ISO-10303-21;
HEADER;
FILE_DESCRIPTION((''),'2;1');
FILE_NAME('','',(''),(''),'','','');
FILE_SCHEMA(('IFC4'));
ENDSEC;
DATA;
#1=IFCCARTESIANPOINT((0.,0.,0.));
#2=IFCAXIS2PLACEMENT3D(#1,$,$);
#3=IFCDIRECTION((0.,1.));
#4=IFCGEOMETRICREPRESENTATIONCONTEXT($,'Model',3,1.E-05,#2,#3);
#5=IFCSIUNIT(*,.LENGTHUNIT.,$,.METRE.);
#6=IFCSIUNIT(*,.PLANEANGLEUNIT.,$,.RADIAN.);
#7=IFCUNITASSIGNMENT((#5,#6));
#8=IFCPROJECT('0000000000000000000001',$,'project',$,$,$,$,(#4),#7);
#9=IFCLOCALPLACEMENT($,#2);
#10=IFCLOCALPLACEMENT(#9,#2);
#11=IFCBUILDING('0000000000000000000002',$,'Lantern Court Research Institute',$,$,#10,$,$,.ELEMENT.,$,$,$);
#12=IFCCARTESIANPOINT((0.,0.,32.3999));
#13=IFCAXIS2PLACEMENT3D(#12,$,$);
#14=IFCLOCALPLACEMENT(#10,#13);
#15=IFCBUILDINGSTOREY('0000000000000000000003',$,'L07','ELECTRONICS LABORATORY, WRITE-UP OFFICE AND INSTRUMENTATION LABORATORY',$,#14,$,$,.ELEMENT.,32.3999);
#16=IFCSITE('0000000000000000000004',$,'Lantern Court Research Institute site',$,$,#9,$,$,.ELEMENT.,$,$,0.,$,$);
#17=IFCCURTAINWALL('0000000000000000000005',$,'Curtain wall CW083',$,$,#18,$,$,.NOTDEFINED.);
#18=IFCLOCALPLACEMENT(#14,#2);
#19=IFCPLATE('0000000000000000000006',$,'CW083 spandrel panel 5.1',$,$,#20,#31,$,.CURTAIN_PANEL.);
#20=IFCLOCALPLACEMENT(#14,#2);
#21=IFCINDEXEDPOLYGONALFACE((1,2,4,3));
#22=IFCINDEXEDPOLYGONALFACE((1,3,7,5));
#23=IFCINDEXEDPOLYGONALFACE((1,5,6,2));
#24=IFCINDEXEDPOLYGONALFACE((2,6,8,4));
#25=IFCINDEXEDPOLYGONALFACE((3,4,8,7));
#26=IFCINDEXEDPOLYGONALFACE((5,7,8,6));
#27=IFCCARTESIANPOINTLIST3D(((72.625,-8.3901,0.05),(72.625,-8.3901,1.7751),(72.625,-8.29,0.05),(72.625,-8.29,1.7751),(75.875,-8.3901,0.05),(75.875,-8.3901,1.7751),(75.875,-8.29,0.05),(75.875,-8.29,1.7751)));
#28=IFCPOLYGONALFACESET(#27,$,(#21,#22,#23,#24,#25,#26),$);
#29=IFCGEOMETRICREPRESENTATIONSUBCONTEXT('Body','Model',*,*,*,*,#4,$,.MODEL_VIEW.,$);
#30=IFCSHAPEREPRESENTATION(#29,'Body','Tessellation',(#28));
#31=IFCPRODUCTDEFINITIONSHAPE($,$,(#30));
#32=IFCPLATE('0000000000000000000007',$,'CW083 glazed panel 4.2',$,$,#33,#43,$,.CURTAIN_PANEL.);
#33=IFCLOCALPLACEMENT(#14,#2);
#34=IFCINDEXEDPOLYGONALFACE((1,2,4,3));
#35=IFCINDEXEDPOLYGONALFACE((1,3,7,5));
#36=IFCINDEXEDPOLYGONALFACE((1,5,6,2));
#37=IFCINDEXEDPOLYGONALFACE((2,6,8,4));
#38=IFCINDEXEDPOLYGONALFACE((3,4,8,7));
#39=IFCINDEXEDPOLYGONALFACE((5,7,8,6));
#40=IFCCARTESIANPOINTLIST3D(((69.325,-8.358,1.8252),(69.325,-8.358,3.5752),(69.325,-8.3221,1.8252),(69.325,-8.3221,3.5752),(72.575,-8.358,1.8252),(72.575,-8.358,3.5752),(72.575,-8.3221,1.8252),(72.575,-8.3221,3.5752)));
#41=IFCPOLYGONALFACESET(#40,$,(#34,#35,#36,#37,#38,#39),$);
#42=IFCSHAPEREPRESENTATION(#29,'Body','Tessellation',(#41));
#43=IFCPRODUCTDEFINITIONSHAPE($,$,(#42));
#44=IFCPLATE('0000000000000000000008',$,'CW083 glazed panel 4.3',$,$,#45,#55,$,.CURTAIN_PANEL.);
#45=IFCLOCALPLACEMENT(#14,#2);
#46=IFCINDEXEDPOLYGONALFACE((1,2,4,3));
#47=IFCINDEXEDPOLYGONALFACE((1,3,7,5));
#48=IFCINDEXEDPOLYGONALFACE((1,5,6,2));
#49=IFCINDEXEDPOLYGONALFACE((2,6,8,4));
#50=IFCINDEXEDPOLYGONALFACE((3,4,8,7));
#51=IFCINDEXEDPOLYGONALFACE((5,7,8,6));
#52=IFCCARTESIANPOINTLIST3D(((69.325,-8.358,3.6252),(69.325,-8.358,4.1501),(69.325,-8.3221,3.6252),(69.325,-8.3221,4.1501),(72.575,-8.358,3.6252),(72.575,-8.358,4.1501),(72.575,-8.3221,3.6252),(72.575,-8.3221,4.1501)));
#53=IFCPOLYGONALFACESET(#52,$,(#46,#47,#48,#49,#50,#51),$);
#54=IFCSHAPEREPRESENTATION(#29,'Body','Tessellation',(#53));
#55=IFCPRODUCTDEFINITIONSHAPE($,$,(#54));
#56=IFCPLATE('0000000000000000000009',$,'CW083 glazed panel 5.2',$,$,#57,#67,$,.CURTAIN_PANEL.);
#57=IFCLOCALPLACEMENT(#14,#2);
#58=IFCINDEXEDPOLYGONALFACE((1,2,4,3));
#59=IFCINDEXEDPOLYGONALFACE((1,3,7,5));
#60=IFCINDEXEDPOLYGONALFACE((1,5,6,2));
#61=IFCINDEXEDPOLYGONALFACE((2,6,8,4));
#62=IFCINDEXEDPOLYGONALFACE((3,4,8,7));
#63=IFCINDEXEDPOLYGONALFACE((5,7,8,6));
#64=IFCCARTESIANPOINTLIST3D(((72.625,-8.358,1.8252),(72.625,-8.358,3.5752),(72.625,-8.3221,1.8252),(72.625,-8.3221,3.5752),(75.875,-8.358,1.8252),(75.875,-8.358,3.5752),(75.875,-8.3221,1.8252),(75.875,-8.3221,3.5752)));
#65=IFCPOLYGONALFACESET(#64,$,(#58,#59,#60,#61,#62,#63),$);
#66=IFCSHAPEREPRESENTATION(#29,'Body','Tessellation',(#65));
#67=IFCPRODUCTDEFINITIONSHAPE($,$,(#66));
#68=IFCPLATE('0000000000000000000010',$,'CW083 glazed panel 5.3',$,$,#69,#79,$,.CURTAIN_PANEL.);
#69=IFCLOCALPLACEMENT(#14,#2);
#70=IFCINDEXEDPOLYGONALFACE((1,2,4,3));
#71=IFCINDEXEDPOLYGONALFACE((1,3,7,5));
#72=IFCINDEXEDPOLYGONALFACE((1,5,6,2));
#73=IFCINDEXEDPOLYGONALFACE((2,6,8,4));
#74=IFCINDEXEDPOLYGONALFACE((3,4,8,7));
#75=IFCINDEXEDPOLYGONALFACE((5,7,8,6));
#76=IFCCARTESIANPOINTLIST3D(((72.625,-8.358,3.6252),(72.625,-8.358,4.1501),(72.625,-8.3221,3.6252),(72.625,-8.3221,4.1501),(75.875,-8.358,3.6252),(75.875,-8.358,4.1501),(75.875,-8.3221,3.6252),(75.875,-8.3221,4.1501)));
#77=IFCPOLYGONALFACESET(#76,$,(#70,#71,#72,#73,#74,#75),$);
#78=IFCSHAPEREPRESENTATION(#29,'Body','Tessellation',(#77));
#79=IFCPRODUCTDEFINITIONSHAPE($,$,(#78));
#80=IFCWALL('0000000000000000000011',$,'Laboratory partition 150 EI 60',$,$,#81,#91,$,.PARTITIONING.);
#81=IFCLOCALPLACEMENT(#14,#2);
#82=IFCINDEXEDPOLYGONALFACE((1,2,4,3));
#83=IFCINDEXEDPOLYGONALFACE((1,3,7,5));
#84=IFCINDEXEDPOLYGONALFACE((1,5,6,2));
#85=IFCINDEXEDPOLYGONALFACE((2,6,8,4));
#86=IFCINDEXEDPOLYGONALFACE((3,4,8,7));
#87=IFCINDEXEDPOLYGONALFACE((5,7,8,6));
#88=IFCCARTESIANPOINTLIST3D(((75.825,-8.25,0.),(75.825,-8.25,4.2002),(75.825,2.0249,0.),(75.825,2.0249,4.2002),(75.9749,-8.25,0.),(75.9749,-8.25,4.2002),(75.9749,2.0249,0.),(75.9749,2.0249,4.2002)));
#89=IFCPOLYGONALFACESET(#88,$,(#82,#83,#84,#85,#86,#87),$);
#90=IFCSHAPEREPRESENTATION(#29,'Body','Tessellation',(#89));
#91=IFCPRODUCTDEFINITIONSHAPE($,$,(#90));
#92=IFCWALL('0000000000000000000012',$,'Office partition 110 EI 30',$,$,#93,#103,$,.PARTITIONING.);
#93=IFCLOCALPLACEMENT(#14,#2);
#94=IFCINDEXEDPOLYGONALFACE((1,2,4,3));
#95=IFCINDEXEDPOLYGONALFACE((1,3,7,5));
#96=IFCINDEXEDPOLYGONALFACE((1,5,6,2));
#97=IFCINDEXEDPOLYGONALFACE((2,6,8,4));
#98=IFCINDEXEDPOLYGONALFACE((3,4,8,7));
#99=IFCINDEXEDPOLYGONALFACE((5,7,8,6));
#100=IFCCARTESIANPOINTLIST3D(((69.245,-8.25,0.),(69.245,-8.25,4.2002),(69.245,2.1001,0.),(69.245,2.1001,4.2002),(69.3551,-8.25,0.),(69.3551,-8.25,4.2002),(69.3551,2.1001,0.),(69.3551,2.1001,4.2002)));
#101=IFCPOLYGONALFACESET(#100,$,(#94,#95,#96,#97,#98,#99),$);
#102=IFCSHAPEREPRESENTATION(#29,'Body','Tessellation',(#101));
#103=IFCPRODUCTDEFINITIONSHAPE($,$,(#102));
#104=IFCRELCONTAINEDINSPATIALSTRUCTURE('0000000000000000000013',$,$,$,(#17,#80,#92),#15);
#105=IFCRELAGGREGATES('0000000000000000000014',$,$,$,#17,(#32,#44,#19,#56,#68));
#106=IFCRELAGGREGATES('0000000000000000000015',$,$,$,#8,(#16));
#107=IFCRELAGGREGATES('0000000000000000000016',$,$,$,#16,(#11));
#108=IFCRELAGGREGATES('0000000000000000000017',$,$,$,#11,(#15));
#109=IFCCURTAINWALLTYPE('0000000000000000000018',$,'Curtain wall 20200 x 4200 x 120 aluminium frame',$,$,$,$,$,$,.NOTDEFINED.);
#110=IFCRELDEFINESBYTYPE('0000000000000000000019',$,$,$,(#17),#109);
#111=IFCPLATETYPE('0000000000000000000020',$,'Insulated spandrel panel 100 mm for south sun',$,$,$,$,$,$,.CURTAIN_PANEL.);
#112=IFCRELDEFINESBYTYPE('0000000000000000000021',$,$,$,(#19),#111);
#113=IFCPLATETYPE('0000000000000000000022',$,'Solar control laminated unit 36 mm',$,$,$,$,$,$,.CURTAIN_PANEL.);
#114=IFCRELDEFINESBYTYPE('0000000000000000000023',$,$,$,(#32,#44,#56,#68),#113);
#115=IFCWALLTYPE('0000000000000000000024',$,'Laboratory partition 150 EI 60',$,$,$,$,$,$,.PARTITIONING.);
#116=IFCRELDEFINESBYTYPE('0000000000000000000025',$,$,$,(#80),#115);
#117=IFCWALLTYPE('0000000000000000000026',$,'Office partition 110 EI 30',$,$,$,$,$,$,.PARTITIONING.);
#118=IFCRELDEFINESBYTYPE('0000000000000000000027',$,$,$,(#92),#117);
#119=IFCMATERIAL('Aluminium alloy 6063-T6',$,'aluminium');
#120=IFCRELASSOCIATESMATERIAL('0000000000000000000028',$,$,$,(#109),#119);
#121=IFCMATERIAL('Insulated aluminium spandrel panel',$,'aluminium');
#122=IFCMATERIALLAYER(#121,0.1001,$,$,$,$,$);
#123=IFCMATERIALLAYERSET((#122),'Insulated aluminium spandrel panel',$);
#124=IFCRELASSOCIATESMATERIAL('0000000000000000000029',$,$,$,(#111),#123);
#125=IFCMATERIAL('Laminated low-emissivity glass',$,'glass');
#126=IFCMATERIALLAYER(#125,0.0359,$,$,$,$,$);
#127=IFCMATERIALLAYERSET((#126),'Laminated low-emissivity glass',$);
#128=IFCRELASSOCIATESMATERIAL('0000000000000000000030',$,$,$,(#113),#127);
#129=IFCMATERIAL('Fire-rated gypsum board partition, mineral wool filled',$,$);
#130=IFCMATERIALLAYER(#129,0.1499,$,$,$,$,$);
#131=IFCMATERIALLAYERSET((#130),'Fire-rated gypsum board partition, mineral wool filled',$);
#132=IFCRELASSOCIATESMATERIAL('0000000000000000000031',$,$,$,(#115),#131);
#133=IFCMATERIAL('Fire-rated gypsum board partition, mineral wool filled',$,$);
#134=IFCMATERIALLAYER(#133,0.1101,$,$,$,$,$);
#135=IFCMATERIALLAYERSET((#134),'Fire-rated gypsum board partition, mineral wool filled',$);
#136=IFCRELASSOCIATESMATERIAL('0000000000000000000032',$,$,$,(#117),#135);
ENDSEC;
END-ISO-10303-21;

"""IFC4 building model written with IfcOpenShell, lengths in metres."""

from ifc_helpers import new_model, si_unit, direction, frame, frame_2d, origin, origin_2d, place, context, subcontext, project, spatial, rectangle, extrude, material, layer, layer_set, type_object, element, aggregate, save


model = new_model("IFC4")

# Units and contexts
model_context = context("Model", 3, precision=1e-05, world=origin(), true_north=direction((0.0, 1.0)))
body_context = subcontext(model_context, "Body", "Model", "MODEL_VIEW")
ifc_project = project(units=[si_unit("LENGTHUNIT", "METRE"), si_unit("PLANEANGLEUNIT", "RADIAN")], contexts=[model_context])

# Site, building, storey
site_placement = place(None, origin())
site = spatial("IfcSite", under=ifc_project, at=site_placement, Name="Lantern Court Research Institute site", CompositionType="ELEMENT", RefElevation=0.0)
building_placement = place(site_placement, origin())
building = spatial("IfcBuilding", under=site, at=building_placement, Name="Lantern Court Research Institute", CompositionType="ELEMENT")
storey_placement = place(building_placement, frame((0.0, 0.0, 32.3999)))
storey = spatial("IfcBuildingStorey", under=building, at=storey_placement, Name="L07", Description="ELECTRONICS LABORATORY, WRITE-UP OFFICE AND INSTRUMENTATION LABORATORY", CompositionType="ELEMENT", Elevation=32.3999)

# Curtain wall, plates
ifc_material_1 = material(Name="Aluminium alloy 6063-T6", Category="aluminium")
curtain_wall_type = type_object("IfcCurtainWallType", Name="Curtain wall 20200 x 4200 x 120 aluminium frame", PredefinedType="NOTDEFINED", material=ifc_material_1)
curtain_wall_placement = place(storey_placement, origin())
curtain_wall = element("IfcCurtainWall", 1, at=curtain_wall_placement, inside=storey, type_object=curtain_wall_type, Name="Curtain wall CW083", PredefinedType="NOTDEFINED")
ifc_material_2 = material(Name="Insulated aluminium spandrel panel", Category="aluminium")
ifc_layer_1 = layer(ifc_material_2, 0.1001)
ifc_layer_set_1 = layer_set([ifc_layer_1], Name="Insulated aluminium spandrel panel")
plate_type_1 = type_object("IfcPlateType", Name="Insulated spandrel panel 100 mm for south sun", PredefinedType="CURTAIN_PANEL", material=ifc_layer_set_1)
plate_1_placement = place(storey_placement, frame((74.25, -8.3401, 0.05), z_axis=(0.0, 0.0, 1.0), x_axis=(-1.0, 0.0, 0.0)))
plate_1 = element("IfcPlate", 2, at=plate_1_placement, type_object=plate_type_1, Name="CW083 spandrel panel 5.1", PredefinedType="CURTAIN_PANEL", context=body_context, shape_type="SweptSolid", body=[
    extrude(rectangle(XDim=3.25, YDim=0.1001, at=origin_2d()), origin(), (0.0, 0.0, 1.0), 1.7251),
])
ifc_material_3 = material(Name="Laminated low-emissivity glass", Category="glass")
ifc_layer_2 = layer(ifc_material_3, 0.0359)
ifc_layer_set_2 = layer_set([ifc_layer_2], Name="Laminated low-emissivity glass")
plate_type_2 = type_object("IfcPlateType", Name="Solar control laminated unit 36 mm", PredefinedType="CURTAIN_PANEL", material=ifc_layer_set_2)
plate_2_placement = place(storey_placement, frame((70.95, -8.3401, 1.8252), z_axis=(0.0, 0.0, 1.0), x_axis=(-1.0, 0.0, 0.0)))
plate_2 = element("IfcPlate", 3, at=plate_2_placement, type_object=plate_type_2, Name="CW083 glazed panel 4.2", PredefinedType="CURTAIN_PANEL", context=body_context, shape_type="SweptSolid", body=[
    extrude(rectangle(XDim=3.25, YDim=0.0359, at=origin_2d()), origin(), (0.0, 0.0, 1.0), 1.75),
])
plate_3_placement = place(storey_placement, frame((70.95, -8.3401, 3.6252), z_axis=(0.0, 0.0, 1.0), x_axis=(-1.0, 0.0, 0.0)))
plate_3 = element("IfcPlate", 4, at=plate_3_placement, type_object=plate_type_2, Name="CW083 glazed panel 4.3", PredefinedType="CURTAIN_PANEL", context=body_context, shape_type="SweptSolid", body=[
    extrude(rectangle(XDim=3.25, YDim=0.0359, at=origin_2d()), origin(), (0.0, 0.0, 1.0), 0.5249),
])
plate_4_placement = place(storey_placement, frame((74.25, -8.3401, 1.8252), z_axis=(0.0, 0.0, 1.0), x_axis=(-1.0, 0.0, 0.0)))
plate_4 = element("IfcPlate", 5, at=plate_4_placement, type_object=plate_type_2, Name="CW083 glazed panel 5.2", PredefinedType="CURTAIN_PANEL", context=body_context, shape_type="SweptSolid", body=[
    extrude(rectangle(XDim=3.25, YDim=0.0359, at=origin_2d()), origin(), (0.0, 0.0, 1.0), 1.75),
])
plate_5_placement = place(storey_placement, frame((74.25, -8.3401, 3.6252), z_axis=(0.0, 0.0, 1.0), x_axis=(-1.0, 0.0, 0.0)))
plate_5 = element("IfcPlate", 6, at=plate_5_placement, type_object=plate_type_2, Name="CW083 glazed panel 5.3", PredefinedType="CURTAIN_PANEL", context=body_context, shape_type="SweptSolid", body=[
    extrude(rectangle(XDim=3.25, YDim=0.0359, at=origin_2d()), origin(), (0.0, 0.0, 1.0), 0.5249),
])
aggregate(curtain_wall, [plate_2, plate_3, plate_1, plate_4, plate_5])

# Walls
ifc_material_4 = material(Name="Fire-rated gypsum board partition, mineral wool filled")
ifc_layer_3 = layer(ifc_material_4, 0.1499)
ifc_layer_set_3 = layer_set([ifc_layer_3], Name="Fire-rated gypsum board partition, mineral wool filled")
wall_type_1 = type_object("IfcWallType", Name="Laboratory partition 150 EI 60", PredefinedType="PARTITIONING", material=ifc_layer_set_3)
wall_1_placement = place(storey_placement, frame((75.8999, -8.25, 0.0), z_axis=(0.0, 0.0, 1.0), x_axis=(0.0, 1.0, 0.0)))
element("IfcWall", 7, at=wall_1_placement, inside=storey, type_object=wall_type_1, Name="Laboratory partition 150 EI 60", PredefinedType="PARTITIONING", context=body_context, shape_type="SweptSolid", body=[
    extrude(rectangle(XDim=10.2749, YDim=0.1499, at=frame_2d((5.1375, 0.0))), origin(), (0.0, 0.0, 1.0), 4.2002),
])
ifc_material_5 = material(Name="Fire-rated gypsum board partition, mineral wool filled")
ifc_layer_4 = layer(ifc_material_5, 0.1101)
ifc_layer_set_4 = layer_set([ifc_layer_4], Name="Fire-rated gypsum board partition, mineral wool filled")
wall_type_2 = type_object("IfcWallType", Name="Office partition 110 EI 30", PredefinedType="PARTITIONING", material=ifc_layer_set_4)
wall_2_placement = place(storey_placement, frame((69.3, -8.25, 0.0), z_axis=(0.0, 0.0, 1.0), x_axis=(0.0, 1.0, 0.0)))
element("IfcWall", 8, at=wall_2_placement, inside=storey, type_object=wall_type_2, Name="Office partition 110 EI 30", PredefinedType="PARTITIONING", context=body_context, shape_type="SweptSolid", body=[
    extrude(rectangle(XDim=10.3501, YDim=0.1101, at=frame_2d((5.175, 0.0))), origin(), (0.0, 0.0, 1.0), 4.2002),
])

save(model, "model.ifc")
